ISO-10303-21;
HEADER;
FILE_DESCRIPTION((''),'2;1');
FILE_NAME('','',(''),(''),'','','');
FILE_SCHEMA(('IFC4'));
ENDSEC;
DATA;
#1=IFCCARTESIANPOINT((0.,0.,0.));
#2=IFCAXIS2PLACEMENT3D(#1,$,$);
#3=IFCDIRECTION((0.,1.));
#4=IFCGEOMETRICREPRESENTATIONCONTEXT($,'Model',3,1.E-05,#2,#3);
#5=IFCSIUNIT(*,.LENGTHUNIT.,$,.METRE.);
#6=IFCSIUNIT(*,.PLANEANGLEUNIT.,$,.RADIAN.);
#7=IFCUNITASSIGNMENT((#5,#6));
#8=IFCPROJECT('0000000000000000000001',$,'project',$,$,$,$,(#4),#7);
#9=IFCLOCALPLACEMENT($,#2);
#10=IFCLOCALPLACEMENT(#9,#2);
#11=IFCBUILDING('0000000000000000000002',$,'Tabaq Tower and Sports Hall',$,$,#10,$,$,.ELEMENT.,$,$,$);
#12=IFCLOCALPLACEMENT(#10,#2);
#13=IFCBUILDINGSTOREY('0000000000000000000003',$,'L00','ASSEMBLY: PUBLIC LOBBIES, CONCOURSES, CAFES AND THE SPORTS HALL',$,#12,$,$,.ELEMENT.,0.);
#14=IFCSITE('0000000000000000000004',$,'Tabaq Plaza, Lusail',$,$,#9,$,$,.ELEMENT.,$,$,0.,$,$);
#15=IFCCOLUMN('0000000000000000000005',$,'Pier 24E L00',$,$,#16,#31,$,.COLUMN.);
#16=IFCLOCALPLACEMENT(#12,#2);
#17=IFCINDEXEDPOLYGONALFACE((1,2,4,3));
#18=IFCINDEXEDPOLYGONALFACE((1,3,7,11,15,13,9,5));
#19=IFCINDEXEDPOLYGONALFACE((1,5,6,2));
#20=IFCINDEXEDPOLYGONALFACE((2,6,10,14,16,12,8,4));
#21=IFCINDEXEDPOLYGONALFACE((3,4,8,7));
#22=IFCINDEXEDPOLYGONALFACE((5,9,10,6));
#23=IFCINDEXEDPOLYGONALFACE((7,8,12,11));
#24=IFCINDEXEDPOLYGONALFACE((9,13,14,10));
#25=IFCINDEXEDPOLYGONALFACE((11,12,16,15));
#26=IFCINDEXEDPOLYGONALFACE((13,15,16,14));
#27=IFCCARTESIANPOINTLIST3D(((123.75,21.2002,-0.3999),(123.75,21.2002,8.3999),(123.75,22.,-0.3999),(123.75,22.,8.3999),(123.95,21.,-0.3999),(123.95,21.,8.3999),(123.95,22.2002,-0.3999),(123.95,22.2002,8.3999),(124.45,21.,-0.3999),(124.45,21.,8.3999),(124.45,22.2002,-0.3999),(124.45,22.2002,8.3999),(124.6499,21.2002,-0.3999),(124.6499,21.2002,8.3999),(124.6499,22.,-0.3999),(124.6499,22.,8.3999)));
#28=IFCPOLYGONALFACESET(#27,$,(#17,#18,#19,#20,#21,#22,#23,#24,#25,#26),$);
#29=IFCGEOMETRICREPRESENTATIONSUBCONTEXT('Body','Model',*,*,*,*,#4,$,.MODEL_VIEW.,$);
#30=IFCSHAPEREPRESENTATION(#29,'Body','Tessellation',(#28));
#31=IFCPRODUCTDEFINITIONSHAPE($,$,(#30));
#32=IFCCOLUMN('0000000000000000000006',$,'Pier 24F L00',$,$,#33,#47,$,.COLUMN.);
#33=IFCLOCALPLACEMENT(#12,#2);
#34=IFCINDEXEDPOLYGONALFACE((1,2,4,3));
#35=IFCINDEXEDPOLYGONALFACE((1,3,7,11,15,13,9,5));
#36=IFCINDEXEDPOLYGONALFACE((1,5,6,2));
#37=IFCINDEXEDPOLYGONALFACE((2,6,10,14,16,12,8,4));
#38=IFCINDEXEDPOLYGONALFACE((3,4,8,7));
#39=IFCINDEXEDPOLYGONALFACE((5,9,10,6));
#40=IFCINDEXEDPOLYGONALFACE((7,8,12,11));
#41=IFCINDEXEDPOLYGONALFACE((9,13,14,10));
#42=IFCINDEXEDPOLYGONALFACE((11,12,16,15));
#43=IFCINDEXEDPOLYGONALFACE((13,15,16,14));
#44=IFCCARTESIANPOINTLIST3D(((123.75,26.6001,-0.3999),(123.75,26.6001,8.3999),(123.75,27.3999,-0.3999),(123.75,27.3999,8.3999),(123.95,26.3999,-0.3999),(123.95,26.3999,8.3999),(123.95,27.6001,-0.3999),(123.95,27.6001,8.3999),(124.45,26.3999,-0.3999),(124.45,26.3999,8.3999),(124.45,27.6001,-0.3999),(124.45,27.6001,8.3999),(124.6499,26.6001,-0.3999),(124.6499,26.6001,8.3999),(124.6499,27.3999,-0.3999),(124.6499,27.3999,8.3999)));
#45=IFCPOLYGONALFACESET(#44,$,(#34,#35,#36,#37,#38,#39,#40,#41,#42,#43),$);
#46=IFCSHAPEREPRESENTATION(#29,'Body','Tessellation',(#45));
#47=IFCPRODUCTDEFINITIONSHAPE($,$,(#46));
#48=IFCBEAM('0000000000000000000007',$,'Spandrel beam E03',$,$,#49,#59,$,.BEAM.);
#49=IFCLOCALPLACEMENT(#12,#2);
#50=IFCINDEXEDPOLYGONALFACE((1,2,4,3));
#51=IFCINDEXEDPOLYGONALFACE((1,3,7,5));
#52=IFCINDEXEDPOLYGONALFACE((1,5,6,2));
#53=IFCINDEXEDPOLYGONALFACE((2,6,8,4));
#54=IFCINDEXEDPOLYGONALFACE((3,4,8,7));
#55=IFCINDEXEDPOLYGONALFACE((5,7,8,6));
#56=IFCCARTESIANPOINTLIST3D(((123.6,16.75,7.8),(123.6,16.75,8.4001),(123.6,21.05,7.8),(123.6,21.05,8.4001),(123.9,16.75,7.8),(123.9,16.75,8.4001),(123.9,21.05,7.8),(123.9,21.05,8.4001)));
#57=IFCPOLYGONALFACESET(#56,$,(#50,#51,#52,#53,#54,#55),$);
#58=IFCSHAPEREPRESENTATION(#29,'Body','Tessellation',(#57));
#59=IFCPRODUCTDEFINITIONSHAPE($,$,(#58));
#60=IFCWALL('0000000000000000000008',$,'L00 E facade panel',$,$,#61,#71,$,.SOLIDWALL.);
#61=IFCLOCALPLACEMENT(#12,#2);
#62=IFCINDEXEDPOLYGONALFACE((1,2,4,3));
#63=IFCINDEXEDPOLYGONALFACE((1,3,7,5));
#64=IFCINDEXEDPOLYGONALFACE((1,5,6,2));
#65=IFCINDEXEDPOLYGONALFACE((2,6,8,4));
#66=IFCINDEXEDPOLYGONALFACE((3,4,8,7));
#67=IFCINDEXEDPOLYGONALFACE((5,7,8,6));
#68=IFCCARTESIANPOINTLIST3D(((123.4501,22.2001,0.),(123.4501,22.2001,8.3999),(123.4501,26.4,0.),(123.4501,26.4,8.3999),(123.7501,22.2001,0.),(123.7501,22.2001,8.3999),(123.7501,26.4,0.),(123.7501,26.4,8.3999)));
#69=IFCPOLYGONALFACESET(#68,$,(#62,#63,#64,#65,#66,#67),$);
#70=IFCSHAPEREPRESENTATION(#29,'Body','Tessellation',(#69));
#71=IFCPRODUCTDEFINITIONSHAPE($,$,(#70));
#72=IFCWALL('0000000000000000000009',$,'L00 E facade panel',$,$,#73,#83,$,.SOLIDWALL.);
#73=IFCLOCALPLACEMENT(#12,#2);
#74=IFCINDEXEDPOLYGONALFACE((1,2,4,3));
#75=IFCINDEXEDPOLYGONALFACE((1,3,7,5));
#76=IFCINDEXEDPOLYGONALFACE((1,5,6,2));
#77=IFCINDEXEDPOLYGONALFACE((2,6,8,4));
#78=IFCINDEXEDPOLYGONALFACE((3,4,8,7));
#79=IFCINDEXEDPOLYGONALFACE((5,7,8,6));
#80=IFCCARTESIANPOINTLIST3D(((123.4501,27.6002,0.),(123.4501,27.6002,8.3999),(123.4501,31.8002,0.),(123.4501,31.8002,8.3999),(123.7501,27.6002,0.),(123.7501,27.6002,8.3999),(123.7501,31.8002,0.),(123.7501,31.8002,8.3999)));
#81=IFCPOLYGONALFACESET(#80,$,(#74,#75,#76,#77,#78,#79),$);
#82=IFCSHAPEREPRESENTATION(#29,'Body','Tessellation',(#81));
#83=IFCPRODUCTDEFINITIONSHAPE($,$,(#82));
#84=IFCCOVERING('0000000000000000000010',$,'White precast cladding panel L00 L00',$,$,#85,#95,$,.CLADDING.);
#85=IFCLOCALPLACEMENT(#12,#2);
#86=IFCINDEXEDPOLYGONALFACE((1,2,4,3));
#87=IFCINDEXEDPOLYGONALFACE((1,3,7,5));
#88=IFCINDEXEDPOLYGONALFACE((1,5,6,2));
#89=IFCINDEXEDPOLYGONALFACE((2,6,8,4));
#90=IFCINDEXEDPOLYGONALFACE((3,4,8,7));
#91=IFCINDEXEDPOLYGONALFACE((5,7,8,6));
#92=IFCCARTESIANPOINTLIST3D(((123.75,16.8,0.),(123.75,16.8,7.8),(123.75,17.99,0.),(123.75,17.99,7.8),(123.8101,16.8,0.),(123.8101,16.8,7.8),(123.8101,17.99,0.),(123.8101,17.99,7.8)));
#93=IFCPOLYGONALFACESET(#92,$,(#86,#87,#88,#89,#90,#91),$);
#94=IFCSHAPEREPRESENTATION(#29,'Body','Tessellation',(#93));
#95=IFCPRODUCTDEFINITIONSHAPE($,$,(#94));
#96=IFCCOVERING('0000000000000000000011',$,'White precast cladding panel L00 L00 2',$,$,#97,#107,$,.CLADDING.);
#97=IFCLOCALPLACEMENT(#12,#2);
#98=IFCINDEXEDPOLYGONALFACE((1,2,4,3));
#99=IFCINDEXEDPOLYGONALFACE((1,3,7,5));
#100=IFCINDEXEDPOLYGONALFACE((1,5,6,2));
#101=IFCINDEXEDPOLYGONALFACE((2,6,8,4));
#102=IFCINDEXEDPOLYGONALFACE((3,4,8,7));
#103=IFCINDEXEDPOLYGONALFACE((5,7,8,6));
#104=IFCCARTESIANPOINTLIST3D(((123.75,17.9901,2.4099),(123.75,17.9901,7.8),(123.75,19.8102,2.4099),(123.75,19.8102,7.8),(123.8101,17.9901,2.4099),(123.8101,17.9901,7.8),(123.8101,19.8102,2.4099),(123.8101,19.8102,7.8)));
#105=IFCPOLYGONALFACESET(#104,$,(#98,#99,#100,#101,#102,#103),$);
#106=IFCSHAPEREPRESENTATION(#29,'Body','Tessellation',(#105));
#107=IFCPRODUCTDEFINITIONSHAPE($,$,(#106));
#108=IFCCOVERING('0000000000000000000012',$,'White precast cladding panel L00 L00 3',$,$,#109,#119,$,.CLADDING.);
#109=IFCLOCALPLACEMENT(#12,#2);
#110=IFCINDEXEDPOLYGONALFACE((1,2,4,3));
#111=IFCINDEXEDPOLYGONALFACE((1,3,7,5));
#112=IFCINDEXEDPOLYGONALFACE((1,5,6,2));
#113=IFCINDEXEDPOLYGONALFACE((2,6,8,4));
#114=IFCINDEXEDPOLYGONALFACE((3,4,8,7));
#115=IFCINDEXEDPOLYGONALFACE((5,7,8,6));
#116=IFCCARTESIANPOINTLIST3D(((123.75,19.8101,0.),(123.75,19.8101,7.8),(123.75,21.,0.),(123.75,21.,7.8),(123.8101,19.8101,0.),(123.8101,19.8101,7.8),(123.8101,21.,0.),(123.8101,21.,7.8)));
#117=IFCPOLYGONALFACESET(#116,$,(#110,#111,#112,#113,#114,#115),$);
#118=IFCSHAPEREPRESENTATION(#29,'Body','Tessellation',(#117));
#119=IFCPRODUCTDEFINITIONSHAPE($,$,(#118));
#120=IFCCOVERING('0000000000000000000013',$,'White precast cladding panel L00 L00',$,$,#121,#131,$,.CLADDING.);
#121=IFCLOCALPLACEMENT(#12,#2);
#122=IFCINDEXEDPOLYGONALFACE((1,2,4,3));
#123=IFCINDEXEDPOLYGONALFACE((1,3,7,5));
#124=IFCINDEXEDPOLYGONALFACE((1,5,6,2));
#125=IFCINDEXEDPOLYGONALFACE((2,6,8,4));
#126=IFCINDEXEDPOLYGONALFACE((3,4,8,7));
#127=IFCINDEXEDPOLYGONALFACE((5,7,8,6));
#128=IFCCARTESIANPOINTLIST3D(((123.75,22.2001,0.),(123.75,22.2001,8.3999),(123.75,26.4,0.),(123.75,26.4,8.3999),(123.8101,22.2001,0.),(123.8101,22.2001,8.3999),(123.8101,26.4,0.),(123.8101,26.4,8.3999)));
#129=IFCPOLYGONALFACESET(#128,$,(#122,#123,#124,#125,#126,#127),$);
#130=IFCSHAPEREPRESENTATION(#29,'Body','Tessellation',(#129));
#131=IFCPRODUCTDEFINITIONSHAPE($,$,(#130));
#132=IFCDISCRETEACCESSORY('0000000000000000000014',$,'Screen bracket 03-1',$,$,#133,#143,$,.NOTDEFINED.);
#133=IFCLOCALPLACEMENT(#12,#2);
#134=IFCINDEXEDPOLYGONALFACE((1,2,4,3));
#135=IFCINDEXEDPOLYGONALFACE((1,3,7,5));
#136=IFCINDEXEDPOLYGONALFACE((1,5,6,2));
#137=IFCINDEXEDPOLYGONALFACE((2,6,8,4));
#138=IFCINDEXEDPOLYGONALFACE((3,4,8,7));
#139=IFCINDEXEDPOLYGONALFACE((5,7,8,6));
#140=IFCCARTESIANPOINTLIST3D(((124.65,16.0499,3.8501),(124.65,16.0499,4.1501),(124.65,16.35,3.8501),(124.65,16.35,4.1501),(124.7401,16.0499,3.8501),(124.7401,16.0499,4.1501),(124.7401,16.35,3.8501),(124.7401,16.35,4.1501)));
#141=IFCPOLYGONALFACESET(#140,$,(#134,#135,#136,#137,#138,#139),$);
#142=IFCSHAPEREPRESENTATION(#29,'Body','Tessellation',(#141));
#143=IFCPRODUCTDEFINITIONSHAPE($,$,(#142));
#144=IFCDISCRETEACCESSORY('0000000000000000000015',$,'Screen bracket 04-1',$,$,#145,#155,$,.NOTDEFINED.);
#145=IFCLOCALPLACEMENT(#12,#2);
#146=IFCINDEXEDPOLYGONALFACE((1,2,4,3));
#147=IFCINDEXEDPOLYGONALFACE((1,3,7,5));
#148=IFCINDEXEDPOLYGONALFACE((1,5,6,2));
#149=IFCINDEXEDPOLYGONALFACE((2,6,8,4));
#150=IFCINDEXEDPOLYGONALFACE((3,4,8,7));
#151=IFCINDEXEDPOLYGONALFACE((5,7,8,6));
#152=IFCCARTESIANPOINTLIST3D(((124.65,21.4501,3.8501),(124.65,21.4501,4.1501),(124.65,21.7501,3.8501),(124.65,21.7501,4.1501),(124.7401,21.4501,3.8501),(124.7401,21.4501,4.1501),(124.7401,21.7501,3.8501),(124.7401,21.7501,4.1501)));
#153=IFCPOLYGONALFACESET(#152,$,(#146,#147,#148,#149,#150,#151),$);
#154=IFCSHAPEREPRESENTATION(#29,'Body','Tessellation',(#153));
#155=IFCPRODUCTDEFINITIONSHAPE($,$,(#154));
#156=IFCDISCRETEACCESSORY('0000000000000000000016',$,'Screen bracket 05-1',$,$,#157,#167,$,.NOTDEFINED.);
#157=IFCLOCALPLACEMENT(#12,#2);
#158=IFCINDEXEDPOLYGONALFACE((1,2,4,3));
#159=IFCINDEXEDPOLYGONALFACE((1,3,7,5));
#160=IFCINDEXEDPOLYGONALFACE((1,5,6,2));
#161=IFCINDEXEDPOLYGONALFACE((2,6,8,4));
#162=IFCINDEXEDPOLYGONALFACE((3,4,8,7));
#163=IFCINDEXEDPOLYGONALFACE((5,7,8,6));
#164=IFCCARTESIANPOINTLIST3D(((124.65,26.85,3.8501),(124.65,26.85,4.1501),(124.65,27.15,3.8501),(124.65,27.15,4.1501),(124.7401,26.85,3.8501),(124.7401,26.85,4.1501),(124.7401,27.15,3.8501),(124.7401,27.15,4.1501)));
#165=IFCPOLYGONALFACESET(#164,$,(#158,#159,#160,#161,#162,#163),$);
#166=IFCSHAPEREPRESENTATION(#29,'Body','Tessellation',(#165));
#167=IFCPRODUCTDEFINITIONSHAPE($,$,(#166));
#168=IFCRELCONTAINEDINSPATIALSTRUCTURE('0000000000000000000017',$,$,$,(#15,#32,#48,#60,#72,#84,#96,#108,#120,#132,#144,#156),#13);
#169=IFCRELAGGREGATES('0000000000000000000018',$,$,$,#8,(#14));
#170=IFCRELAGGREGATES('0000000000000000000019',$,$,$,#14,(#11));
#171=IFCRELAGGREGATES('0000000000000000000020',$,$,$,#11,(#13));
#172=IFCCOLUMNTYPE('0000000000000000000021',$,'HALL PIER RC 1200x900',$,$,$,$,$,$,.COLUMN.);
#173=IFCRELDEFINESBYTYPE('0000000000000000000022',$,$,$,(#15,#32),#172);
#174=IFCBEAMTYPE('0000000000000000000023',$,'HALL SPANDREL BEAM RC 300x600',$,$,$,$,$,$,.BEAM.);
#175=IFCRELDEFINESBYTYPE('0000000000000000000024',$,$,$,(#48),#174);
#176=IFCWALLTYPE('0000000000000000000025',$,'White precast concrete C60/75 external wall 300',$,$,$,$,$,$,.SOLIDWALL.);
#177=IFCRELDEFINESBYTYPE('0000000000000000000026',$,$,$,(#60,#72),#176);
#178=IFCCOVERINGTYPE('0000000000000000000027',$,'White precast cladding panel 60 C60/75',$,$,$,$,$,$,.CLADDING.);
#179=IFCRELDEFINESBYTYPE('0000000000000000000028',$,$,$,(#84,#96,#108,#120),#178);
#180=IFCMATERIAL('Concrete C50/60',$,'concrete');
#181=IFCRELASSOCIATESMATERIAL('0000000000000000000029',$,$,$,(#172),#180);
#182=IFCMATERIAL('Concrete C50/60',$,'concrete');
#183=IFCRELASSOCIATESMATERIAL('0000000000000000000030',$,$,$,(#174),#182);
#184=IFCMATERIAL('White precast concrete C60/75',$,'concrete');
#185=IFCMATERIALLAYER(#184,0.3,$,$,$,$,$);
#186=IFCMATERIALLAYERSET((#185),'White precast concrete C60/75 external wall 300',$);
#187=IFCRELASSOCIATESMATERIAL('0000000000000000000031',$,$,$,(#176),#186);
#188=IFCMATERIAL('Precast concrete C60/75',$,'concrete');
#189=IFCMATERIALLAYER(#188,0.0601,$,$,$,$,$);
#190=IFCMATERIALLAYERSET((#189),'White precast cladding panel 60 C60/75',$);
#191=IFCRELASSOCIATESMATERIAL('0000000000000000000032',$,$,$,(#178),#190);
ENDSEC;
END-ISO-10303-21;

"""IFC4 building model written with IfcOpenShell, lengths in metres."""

from ifc_helpers import new_model, si_unit, direction, frame, frame_2d, origin, origin_2d, place, context, subcontext, project, spatial, polyline, rectangle, outline, extrude, material, layer, layer_set, material_profile, profile_set, type_object, element, save


model = new_model("IFC4")

# Units and contexts
model_context = context("Model", 3, precision=1e-05, world=origin(), true_north=direction((0.0, 1.0)))
body_context = subcontext(model_context, "Body", "Model", "MODEL_VIEW")
ifc_project = project(units=[si_unit("LENGTHUNIT", "METRE"), si_unit("PLANEANGLEUNIT", "RADIAN")], contexts=[model_context])

# Site, building, storey
site_placement = place(None, origin())
site = spatial("IfcSite", under=ifc_project, at=site_placement, Name="Tabaq Plaza, Lusail", CompositionType="ELEMENT", RefElevation=0.0)
building_placement = place(site_placement, origin())
building = spatial("IfcBuilding", under=site, at=building_placement, Name="Tabaq Tower and Sports Hall", CompositionType="ELEMENT")
storey_placement = place(building_placement, origin())
storey = spatial("IfcBuildingStorey", under=building, at=storey_placement, Name="L00", Description="ASSEMBLY: PUBLIC LOBBIES, CONCOURSES, CAFES AND THE SPORTS HALL", CompositionType="ELEMENT", Elevation=0.0)

# Columns
ifc_material_1 = material(Name="Concrete C50/60", Category="concrete")
ifc_material_profile_1 = material_profile(ifc_material_1, outline(polyline([(-0.3999, -0.45), (0.3999, -0.45), (0.6001, -0.25), (0.6001, 0.25), (0.3999, 0.45), (-0.3999, 0.45), (-0.6001, 0.25), (-0.6001, -0.25), (-0.3999, -0.45)])), Name="PIER 1200x900")
ifc_profile_set_1 = profile_set([ifc_material_profile_1], Name="Concrete C50/60")
column_type = type_object("IfcColumnType", Name="HALL PIER RC 1200x900", PredefinedType="COLUMN", material=ifc_profile_set_1)
for number, where, z_axis, x_axis, name in (
    (1, (124.2, 21.6001, -0.3999), (0.0, 0.0, 1.0), (0.0, 1.0, 0.0), "Pier 24E L00"),
    (2, (124.2, 27.0, -0.3999), (0.0, 0.0, 1.0), (0.0, 1.0, 0.0), "Pier 24F L00"),
):
    element("IfcColumn", number, at=place(storey_placement, frame(where, z_axis=z_axis, x_axis=x_axis)), inside=storey, type_object=column_type, Name=name, PredefinedType="COLUMN", context=body_context, shape_type="SweptSolid", body=[
        extrude(outline(polyline([(-0.3999, -0.45), (0.3999, -0.45), (0.6001, -0.25), (0.6001, 0.25), (0.3999, 0.45), (-0.3999, 0.45), (-0.6001, 0.25), (-0.6001, -0.25), (-0.3999, -0.45)])), origin(), (0.0, 0.0, 1.0), 8.7998),
    ])

# Beam
ifc_material_2 = material(Name="Concrete C50/60", Category="concrete")
ifc_material_profile_2 = material_profile(ifc_material_2, rectangle(XDim=0.3, YDim=0.6001, at=origin_2d()), Name="RC 300x600")
ifc_profile_set_2 = profile_set([ifc_material_profile_2], Name="Concrete C50/60")
beam_type = type_object("IfcBeamType", Name="HALL SPANDREL BEAM RC 300x600", PredefinedType="BEAM", material=ifc_profile_set_2)
beam_placement = place(storey_placement, frame((123.75, 16.75, 8.1001), z_axis=(0.0, 1.0, 0.0), x_axis=(-1.0, 0.0, 0.0)))
element("IfcBeam", 3, at=beam_placement, inside=storey, type_object=beam_type, Name="Spandrel beam E03", PredefinedType="BEAM", context=body_context, shape_type="SweptSolid", body=[
    extrude(rectangle(XDim=0.3, YDim=0.6001, at=origin_2d()), origin(), (0.0, 0.0, 1.0), 4.3),
])

# Shared definitions
ifc_material_3 = material(Name="White precast concrete C60/75", Category="concrete")
ifc_layer_1 = layer(ifc_material_3, 0.3)
ifc_layer_set_1 = layer_set([ifc_layer_1], Name="White precast concrete C60/75 external wall 300")
wall_type = type_object("IfcWallType", Name="White precast concrete C60/75 external wall 300", PredefinedType="SOLIDWALL", material=ifc_layer_set_1)

# Walls
for number, where, z_axis, x_axis, name in (
    (4, (123.6001, 22.2, 0.0), (0.0, 0.0, 1.0), (0.0, 1.0, 0.0), "L00 E facade panel"),
    (5, (123.6001, 27.6001, 0.0), (0.0, 0.0, 1.0), (0.0, 1.0, 0.0), "L00 E facade panel"),
):
    element("IfcWall", number, at=place(storey_placement, frame(where, z_axis=z_axis, x_axis=x_axis)), inside=storey, type_object=wall_type, Name=name, PredefinedType="SOLIDWALL", context=body_context, shape_type="SweptSolid", body=[
        extrude(rectangle(XDim=4.2, YDim=0.3, at=frame_2d((2.1001, 0.0))), origin(), (0.0, 0.0, 1.0), 8.3999),
    ])

# Coverings
ifc_material_4 = material(Name="Precast concrete C60/75", Category="concrete")
ifc_layer_2 = layer(ifc_material_4, 0.0601)
ifc_layer_set_2 = layer_set([ifc_layer_2], Name="White precast cladding panel 60 C60/75")
covering_type = type_object("IfcCoveringType", Name="White precast cladding panel 60 C60/75", PredefinedType="CLADDING", material=ifc_layer_set_2)
covering_1_placement = place(storey_placement, frame((123.78, 16.8, 0.0), z_axis=(0.0, 0.0, 1.0), x_axis=(0.0, 1.0, 0.0)))
element("IfcCovering", 6, at=covering_1_placement, inside=storey, type_object=covering_type, Name="White precast cladding panel L00 L00", PredefinedType="CLADDING", context=body_context, shape_type="SweptSolid", body=[
    extrude(rectangle(XDim=1.1899, YDim=0.0601, at=frame_2d((0.595, 0.0))), origin(), (0.0, 0.0, 1.0), 7.8),
])
covering_2_placement = place(storey_placement, frame((123.78, 17.99, 2.4099), z_axis=(0.0, 0.0, 1.0), x_axis=(0.0, 1.0, 0.0)))
element("IfcCovering", 7, at=covering_2_placement, inside=storey, type_object=covering_type, Name="White precast cladding panel L00 L00 2", PredefinedType="CLADDING", context=body_context, shape_type="SweptSolid", body=[
    extrude(rectangle(XDim=1.8201, YDim=0.0601, at=frame_2d((0.9102, 0.0))), origin(), (0.0, 0.0, 1.0), 5.3901),
])
covering_3_placement = place(storey_placement, frame((123.78, 19.8101, 0.0), z_axis=(0.0, 0.0, 1.0), x_axis=(0.0, 1.0, 0.0)))
element("IfcCovering", 8, at=covering_3_placement, inside=storey, type_object=covering_type, Name="White precast cladding panel L00 L00 3", PredefinedType="CLADDING", context=body_context, shape_type="SweptSolid", body=[
    extrude(rectangle(XDim=1.1899, YDim=0.0601, at=frame_2d((0.595, 0.0))), origin(), (0.0, 0.0, 1.0), 7.8),
])
covering_4_placement = place(storey_placement, frame((123.78, 22.2, 0.0), z_axis=(0.0, 0.0, 1.0), x_axis=(0.0, 1.0, 0.0)))
element("IfcCovering", 9, at=covering_4_placement, inside=storey, type_object=covering_type, Name="White precast cladding panel L00 L00", PredefinedType="CLADDING", context=body_context, shape_type="SweptSolid", body=[
    extrude(rectangle(XDim=4.2, YDim=0.0601, at=frame_2d((2.1001, 0.0))), origin(), (0.0, 0.0, 1.0), 8.3999),
])

# Discrete accessories
for number, where, z_axis, x_axis, name in (
    (10, (124.6951, 16.2, 3.8501), (0.0, 0.0, 1.0), (1.0, 0.0, 0.0), "Screen bracket 03-1"),
    (11, (124.6951, 21.6001, 3.8501), (0.0, 0.0, 1.0), (1.0, 0.0, 0.0), "Screen bracket 04-1"),
    (12, (124.6951, 27.0, 3.8501), (0.0, 0.0, 1.0), (1.0, 0.0, 0.0), "Screen bracket 05-1"),
):
    element("IfcDiscreteAccessory", number, at=place(storey_placement, frame(where, z_axis=z_axis, x_axis=x_axis)), inside=storey, Name=name, PredefinedType="NOTDEFINED", context=body_context, shape_type="SweptSolid", body=[
        extrude(rectangle(XDim=0.0901, YDim=0.3, at=origin_2d()), origin(), (0.0, 0.0, 1.0), 0.3),
    ])

save(model, "model.ifc")
